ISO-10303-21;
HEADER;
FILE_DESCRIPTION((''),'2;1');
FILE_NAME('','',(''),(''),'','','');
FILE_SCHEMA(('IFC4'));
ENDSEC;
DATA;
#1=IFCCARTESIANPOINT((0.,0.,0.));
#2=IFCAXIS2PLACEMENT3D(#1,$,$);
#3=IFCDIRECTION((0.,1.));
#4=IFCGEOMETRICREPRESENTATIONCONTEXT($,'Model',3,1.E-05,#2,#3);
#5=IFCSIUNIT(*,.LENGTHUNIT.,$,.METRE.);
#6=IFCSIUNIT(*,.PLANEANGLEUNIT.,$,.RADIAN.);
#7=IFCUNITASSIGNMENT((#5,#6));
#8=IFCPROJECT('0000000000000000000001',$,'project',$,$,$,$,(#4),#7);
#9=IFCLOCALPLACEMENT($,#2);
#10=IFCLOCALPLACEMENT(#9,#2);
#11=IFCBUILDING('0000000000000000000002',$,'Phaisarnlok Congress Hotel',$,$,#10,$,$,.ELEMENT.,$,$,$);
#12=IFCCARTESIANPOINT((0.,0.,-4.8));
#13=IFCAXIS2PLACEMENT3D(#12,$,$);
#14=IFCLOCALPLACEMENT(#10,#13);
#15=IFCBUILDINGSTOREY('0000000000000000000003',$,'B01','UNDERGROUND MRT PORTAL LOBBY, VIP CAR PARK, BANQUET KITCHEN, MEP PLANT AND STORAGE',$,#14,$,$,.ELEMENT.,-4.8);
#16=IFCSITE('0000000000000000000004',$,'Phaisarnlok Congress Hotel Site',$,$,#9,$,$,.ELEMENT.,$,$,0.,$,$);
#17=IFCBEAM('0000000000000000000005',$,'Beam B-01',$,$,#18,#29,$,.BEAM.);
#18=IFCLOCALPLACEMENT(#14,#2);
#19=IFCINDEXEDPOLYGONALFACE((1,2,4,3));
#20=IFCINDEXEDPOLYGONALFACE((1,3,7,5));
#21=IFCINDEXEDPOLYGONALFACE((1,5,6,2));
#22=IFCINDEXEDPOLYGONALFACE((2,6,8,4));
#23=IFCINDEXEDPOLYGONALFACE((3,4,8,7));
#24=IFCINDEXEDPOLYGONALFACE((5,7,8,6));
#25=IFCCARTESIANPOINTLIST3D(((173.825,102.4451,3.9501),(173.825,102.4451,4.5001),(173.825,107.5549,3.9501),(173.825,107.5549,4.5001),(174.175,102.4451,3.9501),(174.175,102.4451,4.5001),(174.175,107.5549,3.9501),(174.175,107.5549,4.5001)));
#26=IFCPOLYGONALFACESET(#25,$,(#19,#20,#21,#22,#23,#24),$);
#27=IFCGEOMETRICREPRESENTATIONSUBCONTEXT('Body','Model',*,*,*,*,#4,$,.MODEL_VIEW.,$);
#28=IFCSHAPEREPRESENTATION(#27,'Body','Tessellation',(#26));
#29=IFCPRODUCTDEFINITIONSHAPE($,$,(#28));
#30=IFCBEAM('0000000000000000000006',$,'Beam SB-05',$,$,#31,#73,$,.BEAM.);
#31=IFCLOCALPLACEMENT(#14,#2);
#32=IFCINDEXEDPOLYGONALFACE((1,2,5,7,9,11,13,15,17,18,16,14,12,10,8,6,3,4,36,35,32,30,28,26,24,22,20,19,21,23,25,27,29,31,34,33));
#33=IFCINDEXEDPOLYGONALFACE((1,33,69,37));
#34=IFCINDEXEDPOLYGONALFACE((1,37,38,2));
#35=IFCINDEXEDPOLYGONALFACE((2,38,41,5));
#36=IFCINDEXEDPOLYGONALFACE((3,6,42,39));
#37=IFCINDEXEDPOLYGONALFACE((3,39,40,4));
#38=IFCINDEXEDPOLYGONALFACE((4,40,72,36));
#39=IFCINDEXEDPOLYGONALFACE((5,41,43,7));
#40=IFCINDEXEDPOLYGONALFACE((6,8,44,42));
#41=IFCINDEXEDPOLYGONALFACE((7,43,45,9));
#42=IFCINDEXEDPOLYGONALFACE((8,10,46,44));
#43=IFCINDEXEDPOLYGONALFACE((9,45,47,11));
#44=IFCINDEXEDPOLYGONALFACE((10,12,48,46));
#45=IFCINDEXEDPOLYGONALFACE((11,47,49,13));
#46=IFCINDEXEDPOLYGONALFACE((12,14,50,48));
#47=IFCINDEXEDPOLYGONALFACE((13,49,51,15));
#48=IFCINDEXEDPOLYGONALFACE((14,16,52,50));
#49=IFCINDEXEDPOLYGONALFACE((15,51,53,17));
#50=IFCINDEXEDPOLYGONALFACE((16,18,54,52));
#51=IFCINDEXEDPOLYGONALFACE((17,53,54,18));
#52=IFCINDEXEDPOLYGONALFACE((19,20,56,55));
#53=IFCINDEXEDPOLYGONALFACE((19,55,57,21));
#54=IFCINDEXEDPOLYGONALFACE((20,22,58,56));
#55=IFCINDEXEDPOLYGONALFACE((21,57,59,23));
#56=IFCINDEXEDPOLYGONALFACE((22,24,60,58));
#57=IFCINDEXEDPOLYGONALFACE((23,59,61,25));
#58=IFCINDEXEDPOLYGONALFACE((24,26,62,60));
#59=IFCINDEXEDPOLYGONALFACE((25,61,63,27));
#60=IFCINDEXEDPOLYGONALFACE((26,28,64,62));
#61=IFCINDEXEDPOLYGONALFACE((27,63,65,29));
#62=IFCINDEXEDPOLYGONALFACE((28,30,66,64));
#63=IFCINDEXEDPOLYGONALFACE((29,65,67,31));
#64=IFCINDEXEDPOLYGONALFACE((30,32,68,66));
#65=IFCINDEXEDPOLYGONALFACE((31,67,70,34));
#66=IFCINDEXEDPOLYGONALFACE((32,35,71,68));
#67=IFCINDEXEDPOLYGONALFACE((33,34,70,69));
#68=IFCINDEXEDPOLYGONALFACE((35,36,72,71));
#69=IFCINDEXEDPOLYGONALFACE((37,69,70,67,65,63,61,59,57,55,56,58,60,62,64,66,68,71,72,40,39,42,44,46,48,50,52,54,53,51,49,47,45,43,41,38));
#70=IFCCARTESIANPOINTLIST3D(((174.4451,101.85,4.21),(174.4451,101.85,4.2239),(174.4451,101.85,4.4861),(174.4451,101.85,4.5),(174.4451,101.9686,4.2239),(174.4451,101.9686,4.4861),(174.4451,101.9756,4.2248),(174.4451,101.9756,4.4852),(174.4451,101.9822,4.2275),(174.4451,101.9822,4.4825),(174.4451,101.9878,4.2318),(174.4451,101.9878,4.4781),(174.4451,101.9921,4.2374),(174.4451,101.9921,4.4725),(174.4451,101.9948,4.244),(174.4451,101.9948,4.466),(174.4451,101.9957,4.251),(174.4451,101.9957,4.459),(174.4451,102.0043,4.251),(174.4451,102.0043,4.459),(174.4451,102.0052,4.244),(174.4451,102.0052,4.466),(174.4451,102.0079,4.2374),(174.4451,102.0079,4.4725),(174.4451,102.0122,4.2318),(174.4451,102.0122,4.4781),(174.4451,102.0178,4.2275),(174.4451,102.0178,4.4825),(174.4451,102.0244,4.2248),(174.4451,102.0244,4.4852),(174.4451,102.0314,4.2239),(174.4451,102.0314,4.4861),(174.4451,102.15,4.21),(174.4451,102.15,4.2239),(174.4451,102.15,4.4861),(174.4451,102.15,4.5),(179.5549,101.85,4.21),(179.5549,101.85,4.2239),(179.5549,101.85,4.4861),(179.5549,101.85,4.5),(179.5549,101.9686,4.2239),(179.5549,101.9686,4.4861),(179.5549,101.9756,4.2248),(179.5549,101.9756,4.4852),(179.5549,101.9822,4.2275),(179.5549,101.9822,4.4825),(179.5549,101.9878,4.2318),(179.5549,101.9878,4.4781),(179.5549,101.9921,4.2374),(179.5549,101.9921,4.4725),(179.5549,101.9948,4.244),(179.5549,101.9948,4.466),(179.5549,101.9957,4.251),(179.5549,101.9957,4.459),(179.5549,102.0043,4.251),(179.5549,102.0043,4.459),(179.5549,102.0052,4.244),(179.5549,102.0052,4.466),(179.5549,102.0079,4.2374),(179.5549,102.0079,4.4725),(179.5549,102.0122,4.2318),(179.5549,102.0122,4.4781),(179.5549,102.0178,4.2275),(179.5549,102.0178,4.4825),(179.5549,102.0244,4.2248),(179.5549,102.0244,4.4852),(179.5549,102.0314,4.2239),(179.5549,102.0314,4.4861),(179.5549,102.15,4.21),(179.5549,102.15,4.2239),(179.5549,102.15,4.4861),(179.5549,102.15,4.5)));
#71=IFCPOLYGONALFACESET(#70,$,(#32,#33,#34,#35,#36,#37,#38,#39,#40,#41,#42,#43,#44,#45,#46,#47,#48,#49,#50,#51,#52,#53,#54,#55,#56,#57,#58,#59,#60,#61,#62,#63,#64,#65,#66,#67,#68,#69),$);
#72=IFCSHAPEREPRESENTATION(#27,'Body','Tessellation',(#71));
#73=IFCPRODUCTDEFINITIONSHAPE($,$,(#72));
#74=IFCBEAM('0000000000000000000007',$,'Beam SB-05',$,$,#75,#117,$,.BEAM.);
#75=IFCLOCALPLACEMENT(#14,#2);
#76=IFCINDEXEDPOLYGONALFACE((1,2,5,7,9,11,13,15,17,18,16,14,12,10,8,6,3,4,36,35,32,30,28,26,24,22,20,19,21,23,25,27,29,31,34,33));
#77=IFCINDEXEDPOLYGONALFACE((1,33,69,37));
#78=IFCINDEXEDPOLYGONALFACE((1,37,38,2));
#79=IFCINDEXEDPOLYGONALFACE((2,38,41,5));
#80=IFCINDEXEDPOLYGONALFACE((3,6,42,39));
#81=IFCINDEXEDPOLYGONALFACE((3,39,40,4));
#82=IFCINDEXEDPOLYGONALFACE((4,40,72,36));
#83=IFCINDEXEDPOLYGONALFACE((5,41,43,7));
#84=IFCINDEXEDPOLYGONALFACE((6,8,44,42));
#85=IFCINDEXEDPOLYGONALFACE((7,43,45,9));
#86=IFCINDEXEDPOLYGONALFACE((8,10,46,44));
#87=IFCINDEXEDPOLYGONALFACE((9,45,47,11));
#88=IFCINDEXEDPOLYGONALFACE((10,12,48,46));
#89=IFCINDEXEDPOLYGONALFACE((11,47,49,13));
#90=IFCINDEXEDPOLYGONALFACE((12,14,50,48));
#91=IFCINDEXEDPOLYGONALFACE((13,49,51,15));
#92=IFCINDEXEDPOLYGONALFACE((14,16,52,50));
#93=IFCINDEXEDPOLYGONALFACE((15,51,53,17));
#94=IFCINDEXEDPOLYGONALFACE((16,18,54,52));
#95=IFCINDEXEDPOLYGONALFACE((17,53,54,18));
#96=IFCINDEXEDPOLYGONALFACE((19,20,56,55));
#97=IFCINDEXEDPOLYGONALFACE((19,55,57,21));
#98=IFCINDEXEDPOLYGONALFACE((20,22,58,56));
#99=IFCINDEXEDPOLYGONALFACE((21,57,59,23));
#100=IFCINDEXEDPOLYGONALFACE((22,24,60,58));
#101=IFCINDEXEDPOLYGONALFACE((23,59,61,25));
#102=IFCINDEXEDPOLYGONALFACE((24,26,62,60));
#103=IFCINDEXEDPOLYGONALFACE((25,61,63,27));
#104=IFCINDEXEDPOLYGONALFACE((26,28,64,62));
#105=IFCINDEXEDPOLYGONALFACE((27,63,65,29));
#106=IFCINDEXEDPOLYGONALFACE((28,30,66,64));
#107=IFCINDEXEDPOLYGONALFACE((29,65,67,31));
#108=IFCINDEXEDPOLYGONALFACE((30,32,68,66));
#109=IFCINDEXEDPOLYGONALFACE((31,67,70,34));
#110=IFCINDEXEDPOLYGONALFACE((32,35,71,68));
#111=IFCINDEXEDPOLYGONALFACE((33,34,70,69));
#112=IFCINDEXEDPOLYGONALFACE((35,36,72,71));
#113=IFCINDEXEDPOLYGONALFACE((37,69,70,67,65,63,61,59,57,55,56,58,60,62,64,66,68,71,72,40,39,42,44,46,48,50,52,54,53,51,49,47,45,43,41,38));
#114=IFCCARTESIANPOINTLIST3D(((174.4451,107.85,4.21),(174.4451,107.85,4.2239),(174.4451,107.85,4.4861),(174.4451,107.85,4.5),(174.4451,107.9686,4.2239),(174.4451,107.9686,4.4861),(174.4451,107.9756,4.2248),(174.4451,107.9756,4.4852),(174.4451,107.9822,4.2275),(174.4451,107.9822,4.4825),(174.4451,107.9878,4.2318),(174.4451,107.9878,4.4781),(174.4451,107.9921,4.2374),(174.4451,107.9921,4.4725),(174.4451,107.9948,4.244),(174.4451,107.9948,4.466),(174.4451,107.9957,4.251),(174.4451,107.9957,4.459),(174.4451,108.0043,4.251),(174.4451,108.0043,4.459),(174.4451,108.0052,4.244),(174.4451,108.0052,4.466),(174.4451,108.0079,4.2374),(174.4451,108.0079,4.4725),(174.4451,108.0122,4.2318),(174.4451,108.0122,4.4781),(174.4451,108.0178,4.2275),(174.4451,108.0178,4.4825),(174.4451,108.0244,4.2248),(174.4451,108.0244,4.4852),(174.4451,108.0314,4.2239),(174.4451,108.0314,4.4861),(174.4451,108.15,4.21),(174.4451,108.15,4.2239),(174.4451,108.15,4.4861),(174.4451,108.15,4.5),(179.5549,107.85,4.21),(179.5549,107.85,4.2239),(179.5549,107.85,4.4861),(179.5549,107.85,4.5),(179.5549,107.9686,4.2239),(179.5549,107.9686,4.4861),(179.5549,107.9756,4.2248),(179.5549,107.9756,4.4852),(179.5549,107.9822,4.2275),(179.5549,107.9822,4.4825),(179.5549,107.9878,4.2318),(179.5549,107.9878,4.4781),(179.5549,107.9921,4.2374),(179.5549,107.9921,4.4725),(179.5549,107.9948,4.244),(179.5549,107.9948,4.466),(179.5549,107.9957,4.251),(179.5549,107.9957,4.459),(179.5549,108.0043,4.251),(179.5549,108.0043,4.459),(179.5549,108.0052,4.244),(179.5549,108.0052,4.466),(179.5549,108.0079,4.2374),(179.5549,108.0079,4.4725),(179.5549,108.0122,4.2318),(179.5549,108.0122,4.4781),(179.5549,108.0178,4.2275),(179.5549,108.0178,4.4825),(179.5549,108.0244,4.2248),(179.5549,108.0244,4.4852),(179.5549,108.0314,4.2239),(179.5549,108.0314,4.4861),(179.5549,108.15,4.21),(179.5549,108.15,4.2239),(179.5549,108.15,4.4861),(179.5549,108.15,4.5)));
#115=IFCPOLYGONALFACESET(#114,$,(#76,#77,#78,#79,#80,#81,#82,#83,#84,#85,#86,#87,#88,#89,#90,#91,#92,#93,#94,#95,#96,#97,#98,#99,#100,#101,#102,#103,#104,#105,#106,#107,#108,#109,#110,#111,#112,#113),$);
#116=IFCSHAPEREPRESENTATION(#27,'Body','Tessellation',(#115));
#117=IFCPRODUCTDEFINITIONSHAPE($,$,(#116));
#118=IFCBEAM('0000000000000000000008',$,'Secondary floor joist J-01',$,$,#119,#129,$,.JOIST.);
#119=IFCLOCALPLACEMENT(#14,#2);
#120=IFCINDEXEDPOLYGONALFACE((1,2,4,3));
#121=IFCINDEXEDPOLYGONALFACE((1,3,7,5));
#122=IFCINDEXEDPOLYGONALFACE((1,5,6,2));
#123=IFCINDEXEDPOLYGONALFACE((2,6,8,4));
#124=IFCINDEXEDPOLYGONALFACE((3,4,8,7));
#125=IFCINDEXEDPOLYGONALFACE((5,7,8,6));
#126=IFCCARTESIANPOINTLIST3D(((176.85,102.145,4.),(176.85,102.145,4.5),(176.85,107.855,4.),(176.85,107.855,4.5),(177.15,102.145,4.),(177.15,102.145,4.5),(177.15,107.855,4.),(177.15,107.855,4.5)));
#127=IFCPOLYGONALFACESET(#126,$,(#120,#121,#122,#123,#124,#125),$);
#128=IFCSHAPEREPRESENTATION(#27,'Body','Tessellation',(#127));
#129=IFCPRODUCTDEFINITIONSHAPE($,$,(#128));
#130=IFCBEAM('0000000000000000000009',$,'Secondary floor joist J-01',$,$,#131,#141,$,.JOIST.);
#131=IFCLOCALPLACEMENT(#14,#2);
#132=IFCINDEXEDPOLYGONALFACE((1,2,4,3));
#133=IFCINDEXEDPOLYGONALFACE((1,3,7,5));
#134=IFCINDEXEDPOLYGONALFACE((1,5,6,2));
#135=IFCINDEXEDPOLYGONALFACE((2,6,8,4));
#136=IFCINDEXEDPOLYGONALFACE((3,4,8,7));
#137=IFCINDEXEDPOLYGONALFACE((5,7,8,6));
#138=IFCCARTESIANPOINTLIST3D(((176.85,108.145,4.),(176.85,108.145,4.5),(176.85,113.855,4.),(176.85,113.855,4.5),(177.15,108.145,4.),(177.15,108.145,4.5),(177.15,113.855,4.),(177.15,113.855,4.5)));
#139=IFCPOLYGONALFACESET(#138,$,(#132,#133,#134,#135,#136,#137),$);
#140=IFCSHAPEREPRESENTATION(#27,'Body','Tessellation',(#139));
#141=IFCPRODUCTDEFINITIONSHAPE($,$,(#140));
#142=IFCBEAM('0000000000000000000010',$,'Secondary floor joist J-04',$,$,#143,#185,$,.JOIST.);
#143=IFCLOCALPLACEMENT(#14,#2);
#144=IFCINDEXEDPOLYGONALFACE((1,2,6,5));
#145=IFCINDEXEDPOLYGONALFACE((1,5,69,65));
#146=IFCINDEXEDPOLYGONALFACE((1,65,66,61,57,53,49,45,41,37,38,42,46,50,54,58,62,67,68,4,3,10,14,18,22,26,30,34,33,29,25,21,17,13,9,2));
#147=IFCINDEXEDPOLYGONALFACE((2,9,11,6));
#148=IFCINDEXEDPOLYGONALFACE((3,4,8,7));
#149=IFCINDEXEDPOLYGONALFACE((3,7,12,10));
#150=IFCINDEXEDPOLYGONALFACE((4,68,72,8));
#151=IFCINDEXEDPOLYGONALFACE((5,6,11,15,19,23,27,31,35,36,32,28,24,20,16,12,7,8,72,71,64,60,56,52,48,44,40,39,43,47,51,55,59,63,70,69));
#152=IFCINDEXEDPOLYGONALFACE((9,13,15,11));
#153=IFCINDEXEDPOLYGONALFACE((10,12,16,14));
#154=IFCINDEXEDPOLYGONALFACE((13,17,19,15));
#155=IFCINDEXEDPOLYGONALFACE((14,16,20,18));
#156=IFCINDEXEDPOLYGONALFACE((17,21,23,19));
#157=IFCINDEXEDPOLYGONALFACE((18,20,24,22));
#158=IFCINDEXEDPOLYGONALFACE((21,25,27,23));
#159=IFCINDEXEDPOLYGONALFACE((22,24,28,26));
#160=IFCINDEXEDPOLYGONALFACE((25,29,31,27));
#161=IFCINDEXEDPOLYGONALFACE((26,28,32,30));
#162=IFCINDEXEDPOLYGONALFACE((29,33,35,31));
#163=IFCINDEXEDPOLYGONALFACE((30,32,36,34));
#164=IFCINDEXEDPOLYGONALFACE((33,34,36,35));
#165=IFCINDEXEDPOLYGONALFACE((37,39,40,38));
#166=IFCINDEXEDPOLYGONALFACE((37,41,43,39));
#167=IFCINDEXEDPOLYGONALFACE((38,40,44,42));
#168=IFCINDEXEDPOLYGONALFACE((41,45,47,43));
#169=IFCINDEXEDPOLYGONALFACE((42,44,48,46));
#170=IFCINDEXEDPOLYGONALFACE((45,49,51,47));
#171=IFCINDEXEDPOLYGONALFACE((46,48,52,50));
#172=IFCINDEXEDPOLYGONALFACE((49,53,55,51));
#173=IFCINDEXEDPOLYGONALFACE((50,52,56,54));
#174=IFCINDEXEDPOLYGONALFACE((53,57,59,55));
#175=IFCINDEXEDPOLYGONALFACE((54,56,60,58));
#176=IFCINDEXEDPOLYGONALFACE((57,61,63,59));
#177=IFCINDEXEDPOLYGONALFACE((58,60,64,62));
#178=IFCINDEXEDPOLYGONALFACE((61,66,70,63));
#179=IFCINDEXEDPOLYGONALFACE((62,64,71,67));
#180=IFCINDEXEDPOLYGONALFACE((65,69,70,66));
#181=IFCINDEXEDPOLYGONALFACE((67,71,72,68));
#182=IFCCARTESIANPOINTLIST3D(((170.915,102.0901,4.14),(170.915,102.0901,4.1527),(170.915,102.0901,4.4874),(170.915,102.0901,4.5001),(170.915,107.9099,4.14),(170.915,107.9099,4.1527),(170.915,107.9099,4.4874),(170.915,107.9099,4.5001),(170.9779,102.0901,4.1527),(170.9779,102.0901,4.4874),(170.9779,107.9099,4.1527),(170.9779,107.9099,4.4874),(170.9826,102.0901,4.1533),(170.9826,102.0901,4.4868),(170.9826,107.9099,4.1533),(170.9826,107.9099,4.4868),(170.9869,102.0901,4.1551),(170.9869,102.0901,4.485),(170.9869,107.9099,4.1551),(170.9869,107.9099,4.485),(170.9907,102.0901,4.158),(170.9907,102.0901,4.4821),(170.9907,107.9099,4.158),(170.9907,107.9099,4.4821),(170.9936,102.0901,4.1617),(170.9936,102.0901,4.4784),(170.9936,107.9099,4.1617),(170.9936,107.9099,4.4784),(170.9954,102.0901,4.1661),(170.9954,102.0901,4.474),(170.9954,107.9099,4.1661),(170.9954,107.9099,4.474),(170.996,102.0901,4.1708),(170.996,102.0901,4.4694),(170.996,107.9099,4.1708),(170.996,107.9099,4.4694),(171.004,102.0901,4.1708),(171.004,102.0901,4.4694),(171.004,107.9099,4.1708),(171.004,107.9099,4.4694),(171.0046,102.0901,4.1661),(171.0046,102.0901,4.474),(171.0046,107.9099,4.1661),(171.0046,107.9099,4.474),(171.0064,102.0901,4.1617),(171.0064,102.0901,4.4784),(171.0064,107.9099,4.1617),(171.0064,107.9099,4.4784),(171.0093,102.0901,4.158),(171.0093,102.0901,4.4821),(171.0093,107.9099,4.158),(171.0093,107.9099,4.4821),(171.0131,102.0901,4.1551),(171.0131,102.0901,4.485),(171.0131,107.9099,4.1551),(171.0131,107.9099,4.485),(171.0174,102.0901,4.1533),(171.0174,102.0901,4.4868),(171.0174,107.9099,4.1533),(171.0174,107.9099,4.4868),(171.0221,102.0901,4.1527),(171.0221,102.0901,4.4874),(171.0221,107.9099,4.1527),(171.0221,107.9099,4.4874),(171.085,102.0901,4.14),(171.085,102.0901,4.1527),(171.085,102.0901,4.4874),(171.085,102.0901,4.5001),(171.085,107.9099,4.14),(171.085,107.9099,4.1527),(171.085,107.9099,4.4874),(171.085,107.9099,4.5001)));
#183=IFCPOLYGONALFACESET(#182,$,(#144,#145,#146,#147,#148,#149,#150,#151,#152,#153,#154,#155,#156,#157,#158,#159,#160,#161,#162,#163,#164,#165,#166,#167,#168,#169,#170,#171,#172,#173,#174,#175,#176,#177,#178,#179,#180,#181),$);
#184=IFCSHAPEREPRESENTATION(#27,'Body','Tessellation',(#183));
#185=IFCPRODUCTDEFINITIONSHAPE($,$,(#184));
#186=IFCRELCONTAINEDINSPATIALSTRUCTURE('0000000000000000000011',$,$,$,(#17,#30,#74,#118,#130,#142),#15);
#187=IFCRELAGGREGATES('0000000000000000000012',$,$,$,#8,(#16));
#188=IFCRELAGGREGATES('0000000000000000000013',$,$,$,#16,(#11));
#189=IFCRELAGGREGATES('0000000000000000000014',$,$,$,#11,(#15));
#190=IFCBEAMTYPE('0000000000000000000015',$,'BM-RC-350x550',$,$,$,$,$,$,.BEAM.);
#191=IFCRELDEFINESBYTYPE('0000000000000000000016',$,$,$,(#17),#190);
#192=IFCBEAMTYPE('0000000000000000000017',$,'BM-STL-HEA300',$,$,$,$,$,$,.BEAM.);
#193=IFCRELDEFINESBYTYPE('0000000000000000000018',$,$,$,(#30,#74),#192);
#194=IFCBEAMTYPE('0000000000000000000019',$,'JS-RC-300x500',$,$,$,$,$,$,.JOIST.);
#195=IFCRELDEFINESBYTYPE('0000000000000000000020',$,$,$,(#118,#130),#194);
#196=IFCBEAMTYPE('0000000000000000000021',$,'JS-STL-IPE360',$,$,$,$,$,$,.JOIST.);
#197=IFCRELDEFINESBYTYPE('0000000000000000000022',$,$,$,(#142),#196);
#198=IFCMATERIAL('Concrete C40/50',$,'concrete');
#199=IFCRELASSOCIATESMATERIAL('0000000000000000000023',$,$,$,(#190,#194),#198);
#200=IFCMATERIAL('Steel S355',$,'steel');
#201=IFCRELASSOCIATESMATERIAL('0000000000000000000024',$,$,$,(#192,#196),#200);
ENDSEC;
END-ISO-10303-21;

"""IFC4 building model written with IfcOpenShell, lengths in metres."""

from ifc_helpers import new_model, si_unit, direction, frame, origin, origin_2d, place, context, subcontext, project, spatial, rectangle, i_section, extrude, material, material_profile, profile_set, type_object, element, save


model = new_model("IFC4")

# Units and contexts
model_context = context("Model", 3, precision=1e-05, world=origin(), true_north=direction((0.0, 1.0)))
body_context = subcontext(model_context, "Body", "Model", "MODEL_VIEW")
ifc_project = project(units=[si_unit("LENGTHUNIT", "METRE"), si_unit("PLANEANGLEUNIT", "RADIAN")], contexts=[model_context])

# Site, building, storey
site_placement = place(None, origin())
site = spatial("IfcSite", under=ifc_project, at=site_placement, Name="Phaisarnlok Congress Hotel Site", CompositionType="ELEMENT", RefElevation=0.0)
building_placement = place(site_placement, origin())
building = spatial("IfcBuilding", under=site, at=building_placement, Name="Phaisarnlok Congress Hotel", CompositionType="ELEMENT")
storey_placement = place(building_placement, frame((0.0, 0.0, -4.8)))
storey = spatial("IfcBuildingStorey", under=building, at=storey_placement, Name="B01", Description="UNDERGROUND MRT PORTAL LOBBY, VIP CAR PARK, BANQUET KITCHEN, MEP PLANT AND STORAGE", CompositionType="ELEMENT", Elevation=-4.8)

# Shared definitions
ifc_material_1 = material(Name="Concrete C40/50", Category="concrete")

# Beams
ifc_material_profile_1 = material_profile(ifc_material_1, rectangle(XDim=0.3501, YDim=0.55, at=origin_2d()), Name="RC 350x550")
ifc_profile_set_1 = profile_set([ifc_material_profile_1], Name="Concrete C40/50")
beam_type_1 = type_object("IfcBeamType", Name="BM-RC-350x550", PredefinedType="BEAM", material=ifc_profile_set_1)
beam_1_placement = place(storey_placement, frame((174.0, 102.4451, 4.2251), z_axis=(0.0, 1.0, 0.0), x_axis=(-1.0, 0.0, 0.0)))
element("IfcBeam", 1, at=beam_1_placement, inside=storey, type_object=beam_type_1, Name="Beam B-01", PredefinedType="BEAM", context=body_context, shape_type="SweptSolid", body=[
    extrude(rectangle(XDim=0.3501, YDim=0.55, at=origin_2d()), origin(), (0.0, 0.0, 1.0), 5.1099),
])
ifc_material_2 = material(Name="Steel S355", Category="steel")
ifc_material_profile_2 = material_profile(ifc_material_2, i_section(OverallWidth=0.3, OverallDepth=0.29, WebThickness=0.0085, FlangeThickness=0.0139, FilletRadius=0.0271, at=origin_2d()), Name="HEA 300")
ifc_profile_set_2 = profile_set([ifc_material_profile_2], Name="Steel S355")
beam_type_2 = type_object("IfcBeamType", Name="BM-STL-HEA300", PredefinedType="BEAM", material=ifc_profile_set_2)
for number, where, z_axis, x_axis, name in (
    (2, (174.4451, 102.0, 4.355), (1.0, 0.0, 0.0), (0.0, 1.0, 0.0), "Beam SB-05"),
    (3, (174.4451, 108.0, 4.355), (1.0, 0.0, 0.0), (0.0, 1.0, 0.0), "Beam SB-05"),
):
    element("IfcBeam", number, at=place(storey_placement, frame(where, z_axis=z_axis, x_axis=x_axis)), inside=storey, type_object=beam_type_2, Name=name, PredefinedType="BEAM", context=body_context, shape_type="SweptSolid", body=[
        extrude(i_section(OverallWidth=0.3, OverallDepth=0.29, WebThickness=0.0085, FlangeThickness=0.0139, FilletRadius=0.0271, at=origin_2d()), origin(), (0.0, 0.0, 1.0), 5.1099),
    ])
ifc_material_profile_3 = material_profile(ifc_material_1, rectangle(XDim=0.3, YDim=0.5, at=origin_2d()), Name="RC 300x500")
ifc_profile_set_3 = profile_set([ifc_material_profile_3], Name="Concrete C40/50")
beam_type_3 = type_object("IfcBeamType", Name="JS-RC-300x500", PredefinedType="JOIST", material=ifc_profile_set_3)
for number, where, z_axis, x_axis, name in (
    (4, (177.0, 102.145, 4.25), (0.0, 1.0, 0.0), (-1.0, 0.0, 0.0), "Secondary floor joist J-01"),
    (5, (177.0, 108.145, 4.25), (0.0, 1.0, 0.0), (-1.0, 0.0, 0.0), "Secondary floor joist J-01"),
):
    element("IfcBeam", number, at=place(storey_placement, frame(where, z_axis=z_axis, x_axis=x_axis)), inside=storey, type_object=beam_type_3, Name=name, PredefinedType="JOIST", context=body_context, shape_type="SweptSolid", body=[
        extrude(rectangle(XDim=0.3, YDim=0.5, at=origin_2d()), origin(), (0.0, 0.0, 1.0), 5.71),
    ])
ifc_material_profile_4 = material_profile(ifc_material_2, i_section(OverallWidth=0.1699, OverallDepth=0.3601, WebThickness=0.0081, FlangeThickness=0.0127, FilletRadius=0.0181, at=origin_2d()), Name="IPE 360")
ifc_profile_set_4 = profile_set([ifc_material_profile_4], Name="Steel S355")
beam_type_4 = type_object("IfcBeamType", Name="JS-STL-IPE360", PredefinedType="JOIST", material=ifc_profile_set_4)
beam_2_placement = place(storey_placement, frame((171.0, 102.0901, 4.3201), z_axis=(0.0, 1.0, 0.0), x_axis=(-1.0, 0.0, 0.0)))
element("IfcBeam", 6, at=beam_2_placement, inside=storey, type_object=beam_type_4, Name="Secondary floor joist J-04", PredefinedType="JOIST", context=body_context, shape_type="SweptSolid", body=[
    extrude(i_section(OverallWidth=0.1699, OverallDepth=0.3601, WebThickness=0.0081, FlangeThickness=0.0127, FilletRadius=0.0181, at=origin_2d()), origin(), (0.0, 0.0, 1.0), 5.8198),
])

save(model, "model.ifc")
